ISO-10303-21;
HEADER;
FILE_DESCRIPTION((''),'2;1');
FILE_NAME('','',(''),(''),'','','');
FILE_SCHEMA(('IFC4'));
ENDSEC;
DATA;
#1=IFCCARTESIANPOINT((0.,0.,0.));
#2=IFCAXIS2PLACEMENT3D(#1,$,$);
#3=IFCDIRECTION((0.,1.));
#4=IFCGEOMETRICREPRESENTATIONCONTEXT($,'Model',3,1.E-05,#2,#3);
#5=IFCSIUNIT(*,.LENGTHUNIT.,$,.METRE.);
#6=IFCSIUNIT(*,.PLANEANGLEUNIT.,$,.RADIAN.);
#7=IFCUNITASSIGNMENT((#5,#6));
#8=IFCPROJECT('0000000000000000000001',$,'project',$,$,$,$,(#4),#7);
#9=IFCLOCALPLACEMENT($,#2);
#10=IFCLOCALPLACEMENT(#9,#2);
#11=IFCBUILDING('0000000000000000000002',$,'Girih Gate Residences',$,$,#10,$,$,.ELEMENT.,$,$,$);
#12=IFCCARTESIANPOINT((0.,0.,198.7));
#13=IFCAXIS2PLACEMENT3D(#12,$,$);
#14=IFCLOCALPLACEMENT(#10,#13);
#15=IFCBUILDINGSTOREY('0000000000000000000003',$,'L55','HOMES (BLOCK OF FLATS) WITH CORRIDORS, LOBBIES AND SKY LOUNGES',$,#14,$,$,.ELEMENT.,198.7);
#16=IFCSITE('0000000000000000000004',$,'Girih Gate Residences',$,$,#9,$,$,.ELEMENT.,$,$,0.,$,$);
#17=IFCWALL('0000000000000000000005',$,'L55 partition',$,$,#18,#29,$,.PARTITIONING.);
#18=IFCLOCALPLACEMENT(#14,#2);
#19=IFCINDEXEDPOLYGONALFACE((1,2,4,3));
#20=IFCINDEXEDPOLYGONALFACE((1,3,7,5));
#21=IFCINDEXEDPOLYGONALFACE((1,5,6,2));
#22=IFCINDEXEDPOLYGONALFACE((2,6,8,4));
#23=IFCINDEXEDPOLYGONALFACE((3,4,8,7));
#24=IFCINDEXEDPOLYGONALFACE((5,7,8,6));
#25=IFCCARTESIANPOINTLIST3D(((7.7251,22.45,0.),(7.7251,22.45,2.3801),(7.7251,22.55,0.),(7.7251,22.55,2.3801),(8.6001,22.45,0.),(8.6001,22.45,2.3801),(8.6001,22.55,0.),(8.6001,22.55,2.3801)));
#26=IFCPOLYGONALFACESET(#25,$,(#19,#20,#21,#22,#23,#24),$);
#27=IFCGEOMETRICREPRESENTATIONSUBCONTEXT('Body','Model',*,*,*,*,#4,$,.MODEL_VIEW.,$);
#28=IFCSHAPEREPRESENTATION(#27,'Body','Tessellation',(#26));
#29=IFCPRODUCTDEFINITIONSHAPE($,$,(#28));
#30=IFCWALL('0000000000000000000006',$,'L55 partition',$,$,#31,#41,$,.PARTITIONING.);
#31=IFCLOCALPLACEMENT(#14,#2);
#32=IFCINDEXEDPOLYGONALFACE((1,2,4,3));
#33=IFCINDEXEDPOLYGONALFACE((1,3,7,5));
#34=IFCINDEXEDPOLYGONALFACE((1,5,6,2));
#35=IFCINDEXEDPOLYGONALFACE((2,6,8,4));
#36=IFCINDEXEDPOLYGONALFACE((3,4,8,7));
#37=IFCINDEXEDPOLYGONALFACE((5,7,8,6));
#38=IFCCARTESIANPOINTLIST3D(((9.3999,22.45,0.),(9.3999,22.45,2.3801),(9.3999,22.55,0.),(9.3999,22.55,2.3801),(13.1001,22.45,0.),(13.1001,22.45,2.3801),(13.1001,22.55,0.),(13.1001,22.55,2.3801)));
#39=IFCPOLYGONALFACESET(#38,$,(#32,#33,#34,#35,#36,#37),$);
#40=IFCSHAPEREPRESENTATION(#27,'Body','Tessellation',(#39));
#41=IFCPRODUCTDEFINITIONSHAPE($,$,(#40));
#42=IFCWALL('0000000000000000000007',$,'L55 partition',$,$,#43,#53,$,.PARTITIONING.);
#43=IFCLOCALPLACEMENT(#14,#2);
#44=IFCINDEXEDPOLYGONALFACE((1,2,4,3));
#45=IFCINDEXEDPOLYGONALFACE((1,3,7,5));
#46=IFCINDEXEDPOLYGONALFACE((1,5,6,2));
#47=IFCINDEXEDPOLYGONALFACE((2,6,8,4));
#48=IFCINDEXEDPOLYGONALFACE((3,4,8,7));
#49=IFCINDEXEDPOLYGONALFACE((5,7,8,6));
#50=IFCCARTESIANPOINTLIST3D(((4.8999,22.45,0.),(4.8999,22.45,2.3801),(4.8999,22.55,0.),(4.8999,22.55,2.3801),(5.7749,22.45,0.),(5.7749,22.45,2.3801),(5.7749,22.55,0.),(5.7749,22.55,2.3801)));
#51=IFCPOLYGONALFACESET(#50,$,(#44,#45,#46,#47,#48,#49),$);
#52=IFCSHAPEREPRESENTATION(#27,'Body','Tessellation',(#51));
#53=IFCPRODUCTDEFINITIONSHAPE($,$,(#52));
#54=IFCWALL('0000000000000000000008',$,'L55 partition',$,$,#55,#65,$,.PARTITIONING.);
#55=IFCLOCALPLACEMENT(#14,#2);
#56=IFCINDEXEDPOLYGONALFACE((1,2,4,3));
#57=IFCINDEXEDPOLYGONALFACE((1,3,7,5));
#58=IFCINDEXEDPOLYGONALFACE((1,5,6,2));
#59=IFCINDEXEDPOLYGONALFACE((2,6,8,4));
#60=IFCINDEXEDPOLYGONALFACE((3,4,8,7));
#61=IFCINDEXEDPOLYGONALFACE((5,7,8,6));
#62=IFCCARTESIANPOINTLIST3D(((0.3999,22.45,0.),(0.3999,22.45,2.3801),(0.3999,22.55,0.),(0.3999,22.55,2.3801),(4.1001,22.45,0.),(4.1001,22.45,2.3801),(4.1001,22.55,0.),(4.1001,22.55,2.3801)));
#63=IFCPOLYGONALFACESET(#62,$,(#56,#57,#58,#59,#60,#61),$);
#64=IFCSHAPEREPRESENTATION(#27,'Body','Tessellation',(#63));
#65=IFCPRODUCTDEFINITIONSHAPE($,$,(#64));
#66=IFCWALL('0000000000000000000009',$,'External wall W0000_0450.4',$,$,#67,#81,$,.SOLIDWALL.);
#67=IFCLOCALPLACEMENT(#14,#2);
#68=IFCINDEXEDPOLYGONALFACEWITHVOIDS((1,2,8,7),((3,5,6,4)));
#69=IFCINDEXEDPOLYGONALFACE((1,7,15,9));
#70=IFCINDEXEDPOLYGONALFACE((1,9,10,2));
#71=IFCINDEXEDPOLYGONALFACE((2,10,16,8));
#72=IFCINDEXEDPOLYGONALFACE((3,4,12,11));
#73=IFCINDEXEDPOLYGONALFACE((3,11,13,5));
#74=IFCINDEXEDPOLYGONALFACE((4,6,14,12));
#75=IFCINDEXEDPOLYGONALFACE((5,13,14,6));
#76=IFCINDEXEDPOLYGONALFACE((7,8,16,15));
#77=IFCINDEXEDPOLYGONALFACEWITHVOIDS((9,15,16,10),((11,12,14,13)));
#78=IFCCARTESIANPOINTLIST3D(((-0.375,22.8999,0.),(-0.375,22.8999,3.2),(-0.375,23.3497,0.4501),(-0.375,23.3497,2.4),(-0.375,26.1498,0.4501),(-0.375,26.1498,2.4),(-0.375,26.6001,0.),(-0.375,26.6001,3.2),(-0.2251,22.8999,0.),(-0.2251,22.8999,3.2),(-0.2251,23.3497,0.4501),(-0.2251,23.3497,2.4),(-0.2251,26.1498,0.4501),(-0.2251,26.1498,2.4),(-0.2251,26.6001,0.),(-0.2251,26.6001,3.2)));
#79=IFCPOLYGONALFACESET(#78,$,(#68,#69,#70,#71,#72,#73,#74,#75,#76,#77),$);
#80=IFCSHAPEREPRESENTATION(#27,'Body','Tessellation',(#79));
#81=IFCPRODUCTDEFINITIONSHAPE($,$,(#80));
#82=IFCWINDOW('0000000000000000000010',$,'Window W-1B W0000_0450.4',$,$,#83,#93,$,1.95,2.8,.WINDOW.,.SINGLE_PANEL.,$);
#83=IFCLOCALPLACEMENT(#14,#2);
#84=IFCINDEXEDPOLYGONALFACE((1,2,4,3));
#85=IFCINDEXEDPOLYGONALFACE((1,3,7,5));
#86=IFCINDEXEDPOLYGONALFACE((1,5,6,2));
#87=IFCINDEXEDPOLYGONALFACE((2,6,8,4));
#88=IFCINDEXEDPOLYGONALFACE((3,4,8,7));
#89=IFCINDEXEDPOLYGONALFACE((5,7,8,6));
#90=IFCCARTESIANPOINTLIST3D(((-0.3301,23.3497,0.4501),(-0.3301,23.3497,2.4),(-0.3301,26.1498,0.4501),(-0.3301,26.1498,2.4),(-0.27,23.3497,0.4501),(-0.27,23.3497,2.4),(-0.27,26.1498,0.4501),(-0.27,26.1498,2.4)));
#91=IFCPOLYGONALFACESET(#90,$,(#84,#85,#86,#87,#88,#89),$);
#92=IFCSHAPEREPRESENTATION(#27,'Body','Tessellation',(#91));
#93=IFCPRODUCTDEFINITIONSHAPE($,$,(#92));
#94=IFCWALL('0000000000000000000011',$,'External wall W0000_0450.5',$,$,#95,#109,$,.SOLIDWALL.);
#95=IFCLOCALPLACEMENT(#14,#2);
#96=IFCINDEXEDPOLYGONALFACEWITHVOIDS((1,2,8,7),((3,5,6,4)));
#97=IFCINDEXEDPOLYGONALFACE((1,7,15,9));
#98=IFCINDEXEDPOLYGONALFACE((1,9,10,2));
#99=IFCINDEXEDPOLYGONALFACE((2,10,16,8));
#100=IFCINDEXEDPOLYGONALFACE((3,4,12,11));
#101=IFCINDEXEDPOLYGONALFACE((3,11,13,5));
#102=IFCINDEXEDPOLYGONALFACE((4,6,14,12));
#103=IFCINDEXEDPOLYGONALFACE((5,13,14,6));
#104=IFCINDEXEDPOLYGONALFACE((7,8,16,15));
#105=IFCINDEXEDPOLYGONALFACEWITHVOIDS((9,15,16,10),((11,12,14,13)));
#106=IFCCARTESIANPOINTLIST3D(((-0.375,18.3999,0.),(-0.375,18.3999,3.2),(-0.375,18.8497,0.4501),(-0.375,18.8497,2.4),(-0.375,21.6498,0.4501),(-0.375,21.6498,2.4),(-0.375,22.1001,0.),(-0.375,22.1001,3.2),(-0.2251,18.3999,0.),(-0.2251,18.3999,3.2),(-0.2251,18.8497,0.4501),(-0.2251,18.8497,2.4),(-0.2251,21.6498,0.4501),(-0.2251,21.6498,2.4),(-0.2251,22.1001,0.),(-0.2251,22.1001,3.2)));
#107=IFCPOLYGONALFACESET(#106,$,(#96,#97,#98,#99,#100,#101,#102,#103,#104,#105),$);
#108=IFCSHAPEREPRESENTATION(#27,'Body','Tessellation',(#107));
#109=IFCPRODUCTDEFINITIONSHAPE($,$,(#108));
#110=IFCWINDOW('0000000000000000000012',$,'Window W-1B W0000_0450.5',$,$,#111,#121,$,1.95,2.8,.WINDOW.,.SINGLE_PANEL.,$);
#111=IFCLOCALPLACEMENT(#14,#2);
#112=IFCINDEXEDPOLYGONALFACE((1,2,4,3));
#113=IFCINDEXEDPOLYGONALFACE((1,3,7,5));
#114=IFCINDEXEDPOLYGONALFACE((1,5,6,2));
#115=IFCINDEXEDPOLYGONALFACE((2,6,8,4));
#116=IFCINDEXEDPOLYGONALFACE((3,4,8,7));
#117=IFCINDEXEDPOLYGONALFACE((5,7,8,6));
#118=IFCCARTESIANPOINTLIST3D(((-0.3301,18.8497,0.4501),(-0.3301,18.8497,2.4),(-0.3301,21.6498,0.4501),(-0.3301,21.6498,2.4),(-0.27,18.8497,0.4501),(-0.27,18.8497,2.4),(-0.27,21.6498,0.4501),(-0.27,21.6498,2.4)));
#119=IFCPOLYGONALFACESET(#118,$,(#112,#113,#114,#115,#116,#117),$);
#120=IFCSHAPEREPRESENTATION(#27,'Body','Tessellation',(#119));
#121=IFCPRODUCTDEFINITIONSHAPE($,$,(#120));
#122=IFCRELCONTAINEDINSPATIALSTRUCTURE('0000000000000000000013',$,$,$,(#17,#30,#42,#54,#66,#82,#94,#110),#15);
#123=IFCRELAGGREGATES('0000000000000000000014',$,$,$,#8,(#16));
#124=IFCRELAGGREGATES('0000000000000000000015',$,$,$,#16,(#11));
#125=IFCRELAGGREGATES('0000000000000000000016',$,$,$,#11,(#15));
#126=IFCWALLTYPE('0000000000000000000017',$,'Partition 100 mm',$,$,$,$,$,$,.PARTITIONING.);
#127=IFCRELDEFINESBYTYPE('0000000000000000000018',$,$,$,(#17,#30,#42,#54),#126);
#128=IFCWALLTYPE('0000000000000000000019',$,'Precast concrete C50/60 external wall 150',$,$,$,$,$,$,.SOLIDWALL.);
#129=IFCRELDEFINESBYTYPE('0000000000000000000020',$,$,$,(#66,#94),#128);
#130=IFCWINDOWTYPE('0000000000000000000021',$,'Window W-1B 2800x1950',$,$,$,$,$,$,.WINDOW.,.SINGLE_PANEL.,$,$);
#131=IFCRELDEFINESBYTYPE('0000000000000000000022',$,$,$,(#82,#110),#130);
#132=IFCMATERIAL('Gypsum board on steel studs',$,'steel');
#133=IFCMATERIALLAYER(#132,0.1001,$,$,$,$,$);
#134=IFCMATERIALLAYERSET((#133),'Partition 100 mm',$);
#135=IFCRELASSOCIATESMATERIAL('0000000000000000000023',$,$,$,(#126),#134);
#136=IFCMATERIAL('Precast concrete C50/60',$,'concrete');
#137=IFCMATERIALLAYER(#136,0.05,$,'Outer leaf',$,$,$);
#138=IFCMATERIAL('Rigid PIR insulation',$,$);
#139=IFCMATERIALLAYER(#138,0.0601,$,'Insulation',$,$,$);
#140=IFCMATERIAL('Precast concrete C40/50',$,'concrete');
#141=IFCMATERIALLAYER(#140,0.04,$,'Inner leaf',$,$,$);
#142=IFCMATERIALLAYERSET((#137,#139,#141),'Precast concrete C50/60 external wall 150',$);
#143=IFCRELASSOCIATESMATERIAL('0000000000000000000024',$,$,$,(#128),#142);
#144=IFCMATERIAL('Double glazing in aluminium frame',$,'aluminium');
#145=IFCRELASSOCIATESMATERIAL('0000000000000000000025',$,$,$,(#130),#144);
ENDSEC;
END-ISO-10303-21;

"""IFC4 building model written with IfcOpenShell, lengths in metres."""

from ifc_helpers import new_model, si_unit, direction, frame, frame_2d, origin, place, context, subcontext, project, spatial, rectangle, extrude, material, layer, layer_set, type_object, element, fill, save


model = new_model("IFC4")

# Units and contexts
model_context = context("Model", 3, precision=1e-05, world=origin(), true_north=direction((0.0, 1.0)))
body_context = subcontext(model_context, "Body", "Model", "MODEL_VIEW")
ifc_project = project(units=[si_unit("LENGTHUNIT", "METRE"), si_unit("PLANEANGLEUNIT", "RADIAN")], contexts=[model_context])

# Site, building, storey
site_placement = place(None, origin())
site = spatial("IfcSite", under=ifc_project, at=site_placement, Name="Girih Gate Residences", CompositionType="ELEMENT", RefElevation=0.0)
building_placement = place(site_placement, origin())
building = spatial("IfcBuilding", under=site, at=building_placement, Name="Girih Gate Residences", CompositionType="ELEMENT")
storey_placement = place(building_placement, frame((0.0, 0.0, 198.7)))
storey = spatial("IfcBuildingStorey", under=building, at=storey_placement, Name="L55", Description="HOMES (BLOCK OF FLATS) WITH CORRIDORS, LOBBIES AND SKY LOUNGES", CompositionType="ELEMENT", Elevation=198.7)

# Shared definitions
ifc_material_1 = material(Name="Gypsum board on steel studs", Category="steel")

# Walls
ifc_layer_1 = layer(ifc_material_1, 0.1001)
ifc_layer_set_1 = layer_set([ifc_layer_1], Name="Partition 100 mm")
wall_type_1 = type_object("IfcWallType", Name="Partition 100 mm", PredefinedType="PARTITIONING", material=ifc_layer_set_1)
wall_1_placement = place(storey_placement, frame((7.7251, 22.5, 0.0), z_axis=(0.0, 0.0, 1.0), x_axis=(1.0, 0.0, 0.0)))
element("IfcWall", 1, at=wall_1_placement, inside=storey, type_object=wall_type_1, Name="L55 partition", PredefinedType="PARTITIONING", context=body_context, shape_type="SweptSolid", body=[
    extrude(rectangle(XDim=0.875, YDim=0.1001, at=frame_2d((0.4375, 0.0))), origin(), (0.0, 0.0, 1.0), 2.3801),
])
wall_2_placement = place(storey_placement, frame((9.3999, 22.5, 0.0), z_axis=(0.0, 0.0, 1.0), x_axis=(1.0, 0.0, 0.0)))
element("IfcWall", 2, at=wall_2_placement, inside=storey, type_object=wall_type_1, Name="L55 partition", PredefinedType="PARTITIONING", context=body_context, shape_type="SweptSolid", body=[
    extrude(rectangle(XDim=3.7002, YDim=0.1001, at=frame_2d((1.8501, 0.0))), origin(), (0.0, 0.0, 1.0), 2.3801),
])
wall_3_placement = place(storey_placement, frame((4.8999, 22.5, 0.0), z_axis=(0.0, 0.0, 1.0), x_axis=(1.0, 0.0, 0.0)))
element("IfcWall", 3, at=wall_3_placement, inside=storey, type_object=wall_type_1, Name="L55 partition", PredefinedType="PARTITIONING", context=body_context, shape_type="SweptSolid", body=[
    extrude(rectangle(XDim=0.875, YDim=0.1001, at=frame_2d((0.4375, 0.0))), origin(), (0.0, 0.0, 1.0), 2.3801),
])
wall_4_placement = place(storey_placement, frame((0.3999, 22.5, 0.0), z_axis=(0.0, 0.0, 1.0), x_axis=(1.0, 0.0, 0.0)))
element("IfcWall", 4, at=wall_4_placement, inside=storey, type_object=wall_type_1, Name="L55 partition", PredefinedType="PARTITIONING", context=body_context, shape_type="SweptSolid", body=[
    extrude(rectangle(XDim=3.7002, YDim=0.1001, at=frame_2d((1.8501, 0.0))), origin(), (0.0, 0.0, 1.0), 2.3801),
])

# Walls, openings, windows
ifc_material_2 = material(Name="Precast concrete C50/60", Category="concrete")
ifc_layer_2 = layer(ifc_material_2, 0.05, Name="Outer leaf")
ifc_material_3 = material(Name="Rigid PIR insulation")
ifc_layer_3 = layer(ifc_material_3, 0.0601, Name="Insulation")
ifc_material_4 = material(Name="Precast concrete C40/50", Category="concrete")
ifc_layer_4 = layer(ifc_material_4, 0.04, Name="Inner leaf")
ifc_layer_set_2 = layer_set([ifc_layer_2, ifc_layer_3, ifc_layer_4], Name="Precast concrete C50/60 external wall 150")
wall_type_2 = type_object("IfcWallType", Name="Precast concrete C50/60 external wall 150", PredefinedType="SOLIDWALL", material=ifc_layer_set_2)
wall_5_placement = place(storey_placement, frame((-0.3, 22.8999, 0.0), z_axis=(0.0, 0.0, 1.0), x_axis=(0.0, 1.0, 0.0)))
wall_5 = element("IfcWall", 5, at=wall_5_placement, inside=storey, type_object=wall_type_2, Name="External wall W0000_0450.4", PredefinedType="SOLIDWALL", context=body_context, shape_type="SweptSolid", body=[
    extrude(rectangle(XDim=3.7002, YDim=0.1499, at=frame_2d((1.8501, 0.0))), origin(), (0.0, 0.0, 1.0), 3.2),
])
opening_1_placement = place(wall_5_placement, frame((0.45, 0.0, 0.45)))
opening_1 = element("IfcOpeningElement", 6, at=opening_1_placement, cuts=wall_5, PredefinedType="OPENING", context=body_context, shape_type="SweptSolid", body=[
    extrude(rectangle(XDim=2.8, YDim=1.95, at=frame_2d((1.3999, 0.9751))), frame((0.0, 0.085, 0.0), z_axis=(0.0, -1.0, 0.0), x_axis=(1.0, 0.0, 0.0)), (0.0, 0.0, 1.0), 0.1699),
])
ifc_material_5 = material(Name="Double glazing in aluminium frame", Category="aluminium")
window_type = type_object("IfcWindowType", Name="Window W-1B 2800x1950", PartitioningType="SINGLE_PANEL", PredefinedType="WINDOW", material=ifc_material_5)
window_1_placement = place(opening_1_placement, origin())
window_1 = element("IfcWindow", 7, at=window_1_placement, inside=storey, type_object=window_type, Name="Window W-1B W0000_0450.4", OverallHeight=1.95, OverallWidth=2.8, PartitioningType="SINGLE_PANEL", PredefinedType="WINDOW", context=body_context, shape_type="SweptSolid", body=[
    extrude(rectangle(XDim=2.8, YDim=1.95, at=frame_2d((1.3999, 0.9751))), frame((0.0, 0.03, 0.0), z_axis=(0.0, -1.0, 0.0), x_axis=(1.0, 0.0, 0.0)), (0.0, 0.0, 1.0), 0.0601),
])
fill(opening_1, window_1)
wall_6_placement = place(storey_placement, frame((-0.3, 18.3999, 0.0), z_axis=(0.0, 0.0, 1.0), x_axis=(0.0, 1.0, 0.0)))
wall_6 = element("IfcWall", 8, at=wall_6_placement, inside=storey, type_object=wall_type_2, Name="External wall W0000_0450.5", PredefinedType="SOLIDWALL", context=body_context, shape_type="SweptSolid", body=[
    extrude(rectangle(XDim=3.7002, YDim=0.1499, at=frame_2d((1.8501, 0.0))), origin(), (0.0, 0.0, 1.0), 3.2),
])
opening_2_placement = place(wall_6_placement, frame((0.45, 0.0, 0.45)))
opening_2 = element("IfcOpeningElement", 9, at=opening_2_placement, cuts=wall_6, PredefinedType="OPENING", context=body_context, shape_type="SweptSolid", body=[
    extrude(rectangle(XDim=2.8, YDim=1.95, at=frame_2d((1.3999, 0.9751))), frame((0.0, 0.085, 0.0), z_axis=(0.0, -1.0, 0.0), x_axis=(1.0, 0.0, 0.0)), (0.0, 0.0, 1.0), 0.1699),
])
window_2_placement = place(opening_2_placement, origin())
window_2 = element("IfcWindow", 10, at=window_2_placement, inside=storey, type_object=window_type, Name="Window W-1B W0000_0450.5", OverallHeight=1.95, OverallWidth=2.8, PartitioningType="SINGLE_PANEL", PredefinedType="WINDOW", context=body_context, shape_type="SweptSolid", body=[
    extrude(rectangle(XDim=2.8, YDim=1.95, at=frame_2d((1.3999, 0.9751))), frame((0.0, 0.03, 0.0), z_axis=(0.0, -1.0, 0.0), x_axis=(1.0, 0.0, 0.0)), (0.0, 0.0, 1.0), 0.0601),
])
fill(opening_2, window_2)

save(model, "model.ifc")
